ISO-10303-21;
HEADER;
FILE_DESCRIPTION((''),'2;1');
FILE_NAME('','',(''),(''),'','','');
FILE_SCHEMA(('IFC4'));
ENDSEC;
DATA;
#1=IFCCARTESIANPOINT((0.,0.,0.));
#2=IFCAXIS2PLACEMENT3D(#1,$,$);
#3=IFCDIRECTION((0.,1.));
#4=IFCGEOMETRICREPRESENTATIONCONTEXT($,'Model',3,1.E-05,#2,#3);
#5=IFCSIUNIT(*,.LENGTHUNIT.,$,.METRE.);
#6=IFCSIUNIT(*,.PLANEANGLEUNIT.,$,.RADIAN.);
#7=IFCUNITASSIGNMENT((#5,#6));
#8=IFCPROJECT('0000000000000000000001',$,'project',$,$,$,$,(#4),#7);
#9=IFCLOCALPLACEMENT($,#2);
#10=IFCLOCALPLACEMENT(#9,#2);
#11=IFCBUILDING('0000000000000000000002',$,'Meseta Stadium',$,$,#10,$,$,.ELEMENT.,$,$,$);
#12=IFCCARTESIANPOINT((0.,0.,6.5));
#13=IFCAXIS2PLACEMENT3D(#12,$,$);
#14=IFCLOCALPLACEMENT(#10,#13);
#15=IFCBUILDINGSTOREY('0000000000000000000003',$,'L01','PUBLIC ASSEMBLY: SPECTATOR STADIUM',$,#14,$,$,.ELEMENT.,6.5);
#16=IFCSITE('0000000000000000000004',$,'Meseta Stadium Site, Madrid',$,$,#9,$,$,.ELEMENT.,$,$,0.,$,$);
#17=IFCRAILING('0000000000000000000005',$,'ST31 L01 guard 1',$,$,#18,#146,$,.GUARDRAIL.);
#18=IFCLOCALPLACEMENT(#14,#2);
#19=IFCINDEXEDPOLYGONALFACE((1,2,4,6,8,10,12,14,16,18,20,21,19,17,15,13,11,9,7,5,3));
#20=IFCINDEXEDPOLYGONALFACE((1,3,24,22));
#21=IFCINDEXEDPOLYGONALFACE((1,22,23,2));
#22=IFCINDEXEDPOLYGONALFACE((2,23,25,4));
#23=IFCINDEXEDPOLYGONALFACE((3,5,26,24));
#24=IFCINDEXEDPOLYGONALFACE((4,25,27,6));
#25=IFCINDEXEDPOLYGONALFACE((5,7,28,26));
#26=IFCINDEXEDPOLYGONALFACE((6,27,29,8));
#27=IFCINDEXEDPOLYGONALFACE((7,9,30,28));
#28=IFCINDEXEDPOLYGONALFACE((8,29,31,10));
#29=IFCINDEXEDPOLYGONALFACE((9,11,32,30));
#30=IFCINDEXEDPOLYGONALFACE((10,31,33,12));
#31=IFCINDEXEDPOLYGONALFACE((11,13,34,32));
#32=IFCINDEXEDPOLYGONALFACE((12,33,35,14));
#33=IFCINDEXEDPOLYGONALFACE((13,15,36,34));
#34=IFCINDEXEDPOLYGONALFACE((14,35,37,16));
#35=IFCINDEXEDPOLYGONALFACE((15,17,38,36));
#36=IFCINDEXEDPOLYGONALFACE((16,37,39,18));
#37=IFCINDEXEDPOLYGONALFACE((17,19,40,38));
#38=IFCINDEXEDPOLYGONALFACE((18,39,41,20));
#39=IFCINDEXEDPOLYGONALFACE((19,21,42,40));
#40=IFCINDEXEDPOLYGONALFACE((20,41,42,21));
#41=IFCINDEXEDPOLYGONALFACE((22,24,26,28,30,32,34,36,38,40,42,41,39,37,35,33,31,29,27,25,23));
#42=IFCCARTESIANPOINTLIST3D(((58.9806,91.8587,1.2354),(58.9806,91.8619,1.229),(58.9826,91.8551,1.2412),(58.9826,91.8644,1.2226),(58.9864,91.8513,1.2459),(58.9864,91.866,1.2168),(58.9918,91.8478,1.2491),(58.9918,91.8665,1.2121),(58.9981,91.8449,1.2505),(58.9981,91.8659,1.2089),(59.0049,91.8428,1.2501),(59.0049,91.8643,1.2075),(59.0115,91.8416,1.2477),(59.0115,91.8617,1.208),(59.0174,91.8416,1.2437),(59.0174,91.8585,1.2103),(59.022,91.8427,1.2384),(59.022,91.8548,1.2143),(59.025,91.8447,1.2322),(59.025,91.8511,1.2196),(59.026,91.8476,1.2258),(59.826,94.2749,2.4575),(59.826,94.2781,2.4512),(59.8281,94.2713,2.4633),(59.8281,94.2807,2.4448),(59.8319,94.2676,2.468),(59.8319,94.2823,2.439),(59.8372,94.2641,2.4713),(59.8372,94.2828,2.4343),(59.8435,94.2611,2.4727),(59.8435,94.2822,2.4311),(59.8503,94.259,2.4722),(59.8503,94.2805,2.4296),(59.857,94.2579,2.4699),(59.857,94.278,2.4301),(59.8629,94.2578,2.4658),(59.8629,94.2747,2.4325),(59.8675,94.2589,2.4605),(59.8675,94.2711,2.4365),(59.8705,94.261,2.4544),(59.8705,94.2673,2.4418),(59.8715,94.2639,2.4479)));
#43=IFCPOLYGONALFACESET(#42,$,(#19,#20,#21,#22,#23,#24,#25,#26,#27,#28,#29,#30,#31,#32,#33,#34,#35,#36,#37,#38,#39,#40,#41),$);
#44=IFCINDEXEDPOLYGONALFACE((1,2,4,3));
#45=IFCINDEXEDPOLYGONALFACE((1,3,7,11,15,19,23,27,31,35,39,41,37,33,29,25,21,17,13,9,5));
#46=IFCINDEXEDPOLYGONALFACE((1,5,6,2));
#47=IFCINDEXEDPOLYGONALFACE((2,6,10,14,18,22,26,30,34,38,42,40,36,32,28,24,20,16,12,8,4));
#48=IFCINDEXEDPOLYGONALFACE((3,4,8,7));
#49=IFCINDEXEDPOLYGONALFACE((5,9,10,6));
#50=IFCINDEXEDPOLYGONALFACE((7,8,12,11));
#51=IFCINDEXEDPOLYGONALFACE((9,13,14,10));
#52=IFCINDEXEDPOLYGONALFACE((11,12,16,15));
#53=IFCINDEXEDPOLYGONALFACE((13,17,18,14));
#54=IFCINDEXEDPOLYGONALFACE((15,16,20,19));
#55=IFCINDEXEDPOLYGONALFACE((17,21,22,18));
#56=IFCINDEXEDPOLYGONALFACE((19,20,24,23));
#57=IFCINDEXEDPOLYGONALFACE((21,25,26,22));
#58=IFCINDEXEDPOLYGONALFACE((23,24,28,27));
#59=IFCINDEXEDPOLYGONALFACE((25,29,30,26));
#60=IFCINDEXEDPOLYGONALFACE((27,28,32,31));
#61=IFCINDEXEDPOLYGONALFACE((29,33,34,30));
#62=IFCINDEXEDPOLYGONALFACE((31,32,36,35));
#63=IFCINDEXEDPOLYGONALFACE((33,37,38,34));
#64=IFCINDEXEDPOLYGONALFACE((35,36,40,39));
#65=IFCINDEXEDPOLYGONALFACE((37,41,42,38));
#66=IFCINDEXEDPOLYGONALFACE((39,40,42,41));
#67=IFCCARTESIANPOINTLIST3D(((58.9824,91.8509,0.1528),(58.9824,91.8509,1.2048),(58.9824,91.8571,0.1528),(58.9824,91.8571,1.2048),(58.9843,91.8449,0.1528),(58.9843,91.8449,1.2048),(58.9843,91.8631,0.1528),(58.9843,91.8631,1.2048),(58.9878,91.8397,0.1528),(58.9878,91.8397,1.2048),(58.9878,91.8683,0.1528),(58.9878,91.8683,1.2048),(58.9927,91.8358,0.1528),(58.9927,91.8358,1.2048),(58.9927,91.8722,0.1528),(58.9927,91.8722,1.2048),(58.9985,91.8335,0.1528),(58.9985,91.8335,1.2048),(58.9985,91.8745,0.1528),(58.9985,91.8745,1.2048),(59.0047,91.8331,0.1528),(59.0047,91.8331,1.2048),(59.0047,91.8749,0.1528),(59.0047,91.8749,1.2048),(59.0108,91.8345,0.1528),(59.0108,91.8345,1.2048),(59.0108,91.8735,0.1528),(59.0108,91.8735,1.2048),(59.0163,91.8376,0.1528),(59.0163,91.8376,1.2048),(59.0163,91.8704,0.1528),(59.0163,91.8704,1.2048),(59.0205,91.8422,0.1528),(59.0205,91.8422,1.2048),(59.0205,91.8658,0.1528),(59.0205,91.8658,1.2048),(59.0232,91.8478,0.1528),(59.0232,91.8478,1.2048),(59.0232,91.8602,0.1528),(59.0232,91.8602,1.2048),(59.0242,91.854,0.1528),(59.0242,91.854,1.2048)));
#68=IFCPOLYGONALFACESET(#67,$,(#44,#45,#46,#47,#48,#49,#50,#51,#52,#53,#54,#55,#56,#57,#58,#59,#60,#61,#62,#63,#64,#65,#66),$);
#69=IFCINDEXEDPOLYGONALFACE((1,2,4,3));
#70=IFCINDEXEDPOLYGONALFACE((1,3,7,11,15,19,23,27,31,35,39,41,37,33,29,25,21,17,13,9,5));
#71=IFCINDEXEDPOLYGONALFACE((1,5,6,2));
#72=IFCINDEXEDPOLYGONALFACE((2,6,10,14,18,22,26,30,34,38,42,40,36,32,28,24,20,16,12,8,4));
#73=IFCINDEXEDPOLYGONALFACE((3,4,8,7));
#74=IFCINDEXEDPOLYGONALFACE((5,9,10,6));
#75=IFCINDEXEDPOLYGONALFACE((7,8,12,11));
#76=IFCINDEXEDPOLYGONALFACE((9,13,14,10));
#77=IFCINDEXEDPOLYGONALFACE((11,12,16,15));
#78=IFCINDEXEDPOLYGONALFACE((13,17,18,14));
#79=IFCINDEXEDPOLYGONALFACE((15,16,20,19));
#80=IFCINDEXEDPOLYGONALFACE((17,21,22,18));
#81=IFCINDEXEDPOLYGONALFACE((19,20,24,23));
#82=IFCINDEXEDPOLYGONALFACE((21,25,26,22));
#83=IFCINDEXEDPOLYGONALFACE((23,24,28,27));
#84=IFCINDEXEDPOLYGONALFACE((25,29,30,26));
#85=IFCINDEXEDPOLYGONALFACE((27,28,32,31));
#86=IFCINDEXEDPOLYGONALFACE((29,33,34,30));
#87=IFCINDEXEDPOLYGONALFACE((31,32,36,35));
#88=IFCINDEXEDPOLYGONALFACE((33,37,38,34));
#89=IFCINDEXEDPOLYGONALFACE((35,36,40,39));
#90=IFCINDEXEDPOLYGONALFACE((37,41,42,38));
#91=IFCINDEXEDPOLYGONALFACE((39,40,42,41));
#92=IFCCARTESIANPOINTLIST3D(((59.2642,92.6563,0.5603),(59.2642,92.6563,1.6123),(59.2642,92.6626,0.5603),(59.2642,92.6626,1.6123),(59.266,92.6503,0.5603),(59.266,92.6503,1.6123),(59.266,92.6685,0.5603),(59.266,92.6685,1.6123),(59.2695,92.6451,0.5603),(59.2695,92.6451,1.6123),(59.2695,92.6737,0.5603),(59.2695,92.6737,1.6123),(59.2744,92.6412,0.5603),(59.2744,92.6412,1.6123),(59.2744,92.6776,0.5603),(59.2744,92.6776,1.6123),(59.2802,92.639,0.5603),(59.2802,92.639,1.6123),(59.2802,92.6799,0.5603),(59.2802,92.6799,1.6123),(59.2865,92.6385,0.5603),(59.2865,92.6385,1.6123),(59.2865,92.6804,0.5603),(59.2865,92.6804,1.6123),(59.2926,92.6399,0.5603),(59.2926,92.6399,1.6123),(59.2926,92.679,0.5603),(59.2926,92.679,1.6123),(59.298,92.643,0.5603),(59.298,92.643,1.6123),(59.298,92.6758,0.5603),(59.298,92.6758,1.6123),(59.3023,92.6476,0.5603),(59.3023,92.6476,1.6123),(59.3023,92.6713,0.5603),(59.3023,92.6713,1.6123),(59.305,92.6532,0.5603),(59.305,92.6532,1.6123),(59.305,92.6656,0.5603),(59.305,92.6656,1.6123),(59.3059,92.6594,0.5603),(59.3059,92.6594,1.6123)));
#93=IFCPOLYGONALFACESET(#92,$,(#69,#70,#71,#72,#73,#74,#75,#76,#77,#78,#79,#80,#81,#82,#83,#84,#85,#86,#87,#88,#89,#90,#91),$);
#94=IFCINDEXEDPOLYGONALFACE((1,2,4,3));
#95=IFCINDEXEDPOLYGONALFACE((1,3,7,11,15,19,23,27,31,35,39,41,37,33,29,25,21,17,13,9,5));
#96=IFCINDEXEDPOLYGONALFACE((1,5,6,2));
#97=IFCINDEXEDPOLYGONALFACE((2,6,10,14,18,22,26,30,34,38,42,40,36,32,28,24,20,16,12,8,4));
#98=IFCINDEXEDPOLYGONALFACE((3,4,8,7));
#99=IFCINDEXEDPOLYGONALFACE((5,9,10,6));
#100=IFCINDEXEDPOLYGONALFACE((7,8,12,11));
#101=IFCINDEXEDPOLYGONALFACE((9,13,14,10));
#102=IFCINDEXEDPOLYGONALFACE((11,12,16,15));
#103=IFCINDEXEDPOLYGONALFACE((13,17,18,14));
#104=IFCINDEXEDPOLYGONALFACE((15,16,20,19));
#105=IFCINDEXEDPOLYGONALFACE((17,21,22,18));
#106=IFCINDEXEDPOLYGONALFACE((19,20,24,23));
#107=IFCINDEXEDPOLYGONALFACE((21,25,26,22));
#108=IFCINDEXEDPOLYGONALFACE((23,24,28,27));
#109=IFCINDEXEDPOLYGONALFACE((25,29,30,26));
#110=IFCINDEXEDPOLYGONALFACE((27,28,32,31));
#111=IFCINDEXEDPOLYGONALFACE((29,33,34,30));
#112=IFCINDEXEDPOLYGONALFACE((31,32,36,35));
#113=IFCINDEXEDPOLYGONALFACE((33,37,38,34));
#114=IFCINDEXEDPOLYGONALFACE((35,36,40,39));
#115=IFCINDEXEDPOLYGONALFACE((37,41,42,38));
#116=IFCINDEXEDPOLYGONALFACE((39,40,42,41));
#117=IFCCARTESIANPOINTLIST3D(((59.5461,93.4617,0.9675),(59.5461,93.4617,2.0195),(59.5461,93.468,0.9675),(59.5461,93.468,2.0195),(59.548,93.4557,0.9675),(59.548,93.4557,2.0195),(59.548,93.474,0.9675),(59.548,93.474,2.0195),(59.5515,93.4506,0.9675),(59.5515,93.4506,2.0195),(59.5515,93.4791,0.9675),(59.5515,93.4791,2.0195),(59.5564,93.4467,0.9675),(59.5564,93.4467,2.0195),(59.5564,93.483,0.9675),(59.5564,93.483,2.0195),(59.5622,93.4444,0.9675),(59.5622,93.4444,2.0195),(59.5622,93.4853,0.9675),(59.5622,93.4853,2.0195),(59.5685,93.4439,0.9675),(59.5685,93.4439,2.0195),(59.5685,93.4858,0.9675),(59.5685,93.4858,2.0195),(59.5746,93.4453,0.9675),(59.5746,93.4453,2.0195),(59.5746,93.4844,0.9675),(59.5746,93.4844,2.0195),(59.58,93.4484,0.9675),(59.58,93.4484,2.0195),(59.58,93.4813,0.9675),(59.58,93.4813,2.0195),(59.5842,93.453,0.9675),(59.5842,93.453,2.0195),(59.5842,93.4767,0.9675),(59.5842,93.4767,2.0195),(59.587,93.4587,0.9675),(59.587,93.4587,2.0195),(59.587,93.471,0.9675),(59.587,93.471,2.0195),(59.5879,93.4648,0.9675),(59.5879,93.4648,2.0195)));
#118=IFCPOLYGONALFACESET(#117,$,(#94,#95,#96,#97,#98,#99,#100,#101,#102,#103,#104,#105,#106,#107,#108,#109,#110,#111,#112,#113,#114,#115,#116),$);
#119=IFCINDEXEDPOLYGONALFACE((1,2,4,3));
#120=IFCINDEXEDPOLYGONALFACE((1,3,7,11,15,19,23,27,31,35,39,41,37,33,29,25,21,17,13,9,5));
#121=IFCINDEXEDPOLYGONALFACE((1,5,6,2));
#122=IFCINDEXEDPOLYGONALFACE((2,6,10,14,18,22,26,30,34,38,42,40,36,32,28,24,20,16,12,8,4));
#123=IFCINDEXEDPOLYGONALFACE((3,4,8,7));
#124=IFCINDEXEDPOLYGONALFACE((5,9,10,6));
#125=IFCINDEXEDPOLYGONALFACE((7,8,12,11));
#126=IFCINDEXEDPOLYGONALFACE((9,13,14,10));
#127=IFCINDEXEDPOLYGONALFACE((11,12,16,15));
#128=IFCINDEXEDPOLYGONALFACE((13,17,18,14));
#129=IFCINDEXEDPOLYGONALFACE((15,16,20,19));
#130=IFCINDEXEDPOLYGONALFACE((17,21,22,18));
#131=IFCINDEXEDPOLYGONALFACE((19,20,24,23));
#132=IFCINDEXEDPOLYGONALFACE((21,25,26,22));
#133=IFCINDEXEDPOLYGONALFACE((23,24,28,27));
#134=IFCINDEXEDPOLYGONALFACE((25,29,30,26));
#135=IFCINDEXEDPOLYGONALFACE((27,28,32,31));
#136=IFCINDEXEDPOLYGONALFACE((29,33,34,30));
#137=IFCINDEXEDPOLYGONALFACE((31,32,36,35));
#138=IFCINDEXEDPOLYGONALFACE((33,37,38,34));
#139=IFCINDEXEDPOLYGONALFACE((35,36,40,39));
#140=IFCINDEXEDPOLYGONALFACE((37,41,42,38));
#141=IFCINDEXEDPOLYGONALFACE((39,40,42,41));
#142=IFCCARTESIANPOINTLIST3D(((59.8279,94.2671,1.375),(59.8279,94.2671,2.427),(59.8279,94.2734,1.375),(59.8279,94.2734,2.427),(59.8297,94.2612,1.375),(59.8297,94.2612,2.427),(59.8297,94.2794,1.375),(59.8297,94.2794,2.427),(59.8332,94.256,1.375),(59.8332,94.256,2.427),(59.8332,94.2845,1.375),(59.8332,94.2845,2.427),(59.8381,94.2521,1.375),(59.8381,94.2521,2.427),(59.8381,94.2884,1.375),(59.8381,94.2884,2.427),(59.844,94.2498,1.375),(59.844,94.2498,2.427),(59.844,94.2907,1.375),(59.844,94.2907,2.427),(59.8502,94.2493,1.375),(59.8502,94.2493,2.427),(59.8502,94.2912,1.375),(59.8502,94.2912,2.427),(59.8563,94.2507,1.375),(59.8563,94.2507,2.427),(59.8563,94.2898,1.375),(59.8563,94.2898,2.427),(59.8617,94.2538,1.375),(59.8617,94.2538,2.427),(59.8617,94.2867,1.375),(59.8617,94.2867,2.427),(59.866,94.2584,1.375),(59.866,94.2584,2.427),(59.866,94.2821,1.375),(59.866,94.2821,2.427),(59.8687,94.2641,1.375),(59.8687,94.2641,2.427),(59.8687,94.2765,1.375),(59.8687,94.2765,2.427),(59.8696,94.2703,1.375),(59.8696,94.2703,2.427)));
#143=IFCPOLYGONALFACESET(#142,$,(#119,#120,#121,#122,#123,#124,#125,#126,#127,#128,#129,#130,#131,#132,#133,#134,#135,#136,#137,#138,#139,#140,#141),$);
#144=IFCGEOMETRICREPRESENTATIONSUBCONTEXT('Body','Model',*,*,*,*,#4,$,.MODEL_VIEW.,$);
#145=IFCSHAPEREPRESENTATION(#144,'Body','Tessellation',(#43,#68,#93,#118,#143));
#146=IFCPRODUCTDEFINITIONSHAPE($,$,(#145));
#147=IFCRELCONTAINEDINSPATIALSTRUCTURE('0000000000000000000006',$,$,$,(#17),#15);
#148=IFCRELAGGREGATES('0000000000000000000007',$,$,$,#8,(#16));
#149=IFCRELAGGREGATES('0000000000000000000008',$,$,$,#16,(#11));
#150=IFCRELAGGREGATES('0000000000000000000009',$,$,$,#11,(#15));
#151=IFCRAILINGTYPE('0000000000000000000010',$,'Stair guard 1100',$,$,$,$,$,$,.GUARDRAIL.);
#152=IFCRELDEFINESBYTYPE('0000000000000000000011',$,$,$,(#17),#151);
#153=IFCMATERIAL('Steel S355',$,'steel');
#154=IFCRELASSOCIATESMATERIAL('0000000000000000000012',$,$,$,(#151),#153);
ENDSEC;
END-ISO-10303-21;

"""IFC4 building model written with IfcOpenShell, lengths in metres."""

from ifc_helpers import new_model, si_unit, direction, frame, origin, origin_2d, place, context, subcontext, project, spatial, circle, extrude, material, type_object, element, save


model = new_model("IFC4")

# Units and contexts
model_context = context("Model", 3, precision=1e-05, world=origin(), true_north=direction((0.0, 1.0)))
body_context = subcontext(model_context, "Body", "Model", "MODEL_VIEW")
ifc_project = project(units=[si_unit("LENGTHUNIT", "METRE"), si_unit("PLANEANGLEUNIT", "RADIAN")], contexts=[model_context])

# Site, building, storey
site_placement = place(None, origin())
site = spatial("IfcSite", under=ifc_project, at=site_placement, Name="Meseta Stadium Site, Madrid", CompositionType="ELEMENT", RefElevation=0.0)
building_placement = place(site_placement, origin())
building = spatial("IfcBuilding", under=site, at=building_placement, Name="Meseta Stadium", CompositionType="ELEMENT")
storey_placement = place(building_placement, frame((0.0, 0.0, 6.5)))
storey = spatial("IfcBuildingStorey", under=building, at=storey_placement, Name="L01", Description="PUBLIC ASSEMBLY: SPECTATOR STADIUM", CompositionType="ELEMENT", Elevation=6.5)

# Railing
ifc_material_1 = material(Name="Steel S355", Category="steel")
railing_type_1 = type_object("IfcRailingType", Name="Stair guard 1100", PredefinedType="GUARDRAIL", material=ifc_material_1)
railing_1_placement = place(storey_placement, frame((59.0032, 91.854, 0.1528)))
element("IfcRailing", 1, at=railing_1_placement, inside=storey, type_object=railing_type_1, Name="ST31 L01 guard 1", PredefinedType="GUARDRAIL", context=body_context, shape_type="SweptSolid", body=[
    extrude(circle(Radius=0.0239, at=origin_2d()), frame((0.0, 0.0, 1.0762), z_axis=(0.298044, 0.851789, 0.430843), x_axis=(-0.943887, 0.33027, 0.0)), (0.0, 0.0, 1.0), 2.8367),
    extrude(circle(Radius=0.021, at=origin_2d()), origin(), (0.0, 0.0, 1.0), 1.052),
    extrude(circle(Radius=0.021, at=origin_2d()), frame((0.2817, 0.8054, 0.4075)), (0.0, 0.0, 1.0), 1.052),
    extrude(circle(Radius=0.021, at=origin_2d()), frame((0.5637, 1.6108, 0.8147)), (0.0, 0.0, 1.0), 1.052),
    extrude(circle(Radius=0.021, at=origin_2d()), frame((0.8455, 2.4163, 1.2222)), (0.0, 0.0, 1.0), 1.052),
])

save(model, "model.ifc")
